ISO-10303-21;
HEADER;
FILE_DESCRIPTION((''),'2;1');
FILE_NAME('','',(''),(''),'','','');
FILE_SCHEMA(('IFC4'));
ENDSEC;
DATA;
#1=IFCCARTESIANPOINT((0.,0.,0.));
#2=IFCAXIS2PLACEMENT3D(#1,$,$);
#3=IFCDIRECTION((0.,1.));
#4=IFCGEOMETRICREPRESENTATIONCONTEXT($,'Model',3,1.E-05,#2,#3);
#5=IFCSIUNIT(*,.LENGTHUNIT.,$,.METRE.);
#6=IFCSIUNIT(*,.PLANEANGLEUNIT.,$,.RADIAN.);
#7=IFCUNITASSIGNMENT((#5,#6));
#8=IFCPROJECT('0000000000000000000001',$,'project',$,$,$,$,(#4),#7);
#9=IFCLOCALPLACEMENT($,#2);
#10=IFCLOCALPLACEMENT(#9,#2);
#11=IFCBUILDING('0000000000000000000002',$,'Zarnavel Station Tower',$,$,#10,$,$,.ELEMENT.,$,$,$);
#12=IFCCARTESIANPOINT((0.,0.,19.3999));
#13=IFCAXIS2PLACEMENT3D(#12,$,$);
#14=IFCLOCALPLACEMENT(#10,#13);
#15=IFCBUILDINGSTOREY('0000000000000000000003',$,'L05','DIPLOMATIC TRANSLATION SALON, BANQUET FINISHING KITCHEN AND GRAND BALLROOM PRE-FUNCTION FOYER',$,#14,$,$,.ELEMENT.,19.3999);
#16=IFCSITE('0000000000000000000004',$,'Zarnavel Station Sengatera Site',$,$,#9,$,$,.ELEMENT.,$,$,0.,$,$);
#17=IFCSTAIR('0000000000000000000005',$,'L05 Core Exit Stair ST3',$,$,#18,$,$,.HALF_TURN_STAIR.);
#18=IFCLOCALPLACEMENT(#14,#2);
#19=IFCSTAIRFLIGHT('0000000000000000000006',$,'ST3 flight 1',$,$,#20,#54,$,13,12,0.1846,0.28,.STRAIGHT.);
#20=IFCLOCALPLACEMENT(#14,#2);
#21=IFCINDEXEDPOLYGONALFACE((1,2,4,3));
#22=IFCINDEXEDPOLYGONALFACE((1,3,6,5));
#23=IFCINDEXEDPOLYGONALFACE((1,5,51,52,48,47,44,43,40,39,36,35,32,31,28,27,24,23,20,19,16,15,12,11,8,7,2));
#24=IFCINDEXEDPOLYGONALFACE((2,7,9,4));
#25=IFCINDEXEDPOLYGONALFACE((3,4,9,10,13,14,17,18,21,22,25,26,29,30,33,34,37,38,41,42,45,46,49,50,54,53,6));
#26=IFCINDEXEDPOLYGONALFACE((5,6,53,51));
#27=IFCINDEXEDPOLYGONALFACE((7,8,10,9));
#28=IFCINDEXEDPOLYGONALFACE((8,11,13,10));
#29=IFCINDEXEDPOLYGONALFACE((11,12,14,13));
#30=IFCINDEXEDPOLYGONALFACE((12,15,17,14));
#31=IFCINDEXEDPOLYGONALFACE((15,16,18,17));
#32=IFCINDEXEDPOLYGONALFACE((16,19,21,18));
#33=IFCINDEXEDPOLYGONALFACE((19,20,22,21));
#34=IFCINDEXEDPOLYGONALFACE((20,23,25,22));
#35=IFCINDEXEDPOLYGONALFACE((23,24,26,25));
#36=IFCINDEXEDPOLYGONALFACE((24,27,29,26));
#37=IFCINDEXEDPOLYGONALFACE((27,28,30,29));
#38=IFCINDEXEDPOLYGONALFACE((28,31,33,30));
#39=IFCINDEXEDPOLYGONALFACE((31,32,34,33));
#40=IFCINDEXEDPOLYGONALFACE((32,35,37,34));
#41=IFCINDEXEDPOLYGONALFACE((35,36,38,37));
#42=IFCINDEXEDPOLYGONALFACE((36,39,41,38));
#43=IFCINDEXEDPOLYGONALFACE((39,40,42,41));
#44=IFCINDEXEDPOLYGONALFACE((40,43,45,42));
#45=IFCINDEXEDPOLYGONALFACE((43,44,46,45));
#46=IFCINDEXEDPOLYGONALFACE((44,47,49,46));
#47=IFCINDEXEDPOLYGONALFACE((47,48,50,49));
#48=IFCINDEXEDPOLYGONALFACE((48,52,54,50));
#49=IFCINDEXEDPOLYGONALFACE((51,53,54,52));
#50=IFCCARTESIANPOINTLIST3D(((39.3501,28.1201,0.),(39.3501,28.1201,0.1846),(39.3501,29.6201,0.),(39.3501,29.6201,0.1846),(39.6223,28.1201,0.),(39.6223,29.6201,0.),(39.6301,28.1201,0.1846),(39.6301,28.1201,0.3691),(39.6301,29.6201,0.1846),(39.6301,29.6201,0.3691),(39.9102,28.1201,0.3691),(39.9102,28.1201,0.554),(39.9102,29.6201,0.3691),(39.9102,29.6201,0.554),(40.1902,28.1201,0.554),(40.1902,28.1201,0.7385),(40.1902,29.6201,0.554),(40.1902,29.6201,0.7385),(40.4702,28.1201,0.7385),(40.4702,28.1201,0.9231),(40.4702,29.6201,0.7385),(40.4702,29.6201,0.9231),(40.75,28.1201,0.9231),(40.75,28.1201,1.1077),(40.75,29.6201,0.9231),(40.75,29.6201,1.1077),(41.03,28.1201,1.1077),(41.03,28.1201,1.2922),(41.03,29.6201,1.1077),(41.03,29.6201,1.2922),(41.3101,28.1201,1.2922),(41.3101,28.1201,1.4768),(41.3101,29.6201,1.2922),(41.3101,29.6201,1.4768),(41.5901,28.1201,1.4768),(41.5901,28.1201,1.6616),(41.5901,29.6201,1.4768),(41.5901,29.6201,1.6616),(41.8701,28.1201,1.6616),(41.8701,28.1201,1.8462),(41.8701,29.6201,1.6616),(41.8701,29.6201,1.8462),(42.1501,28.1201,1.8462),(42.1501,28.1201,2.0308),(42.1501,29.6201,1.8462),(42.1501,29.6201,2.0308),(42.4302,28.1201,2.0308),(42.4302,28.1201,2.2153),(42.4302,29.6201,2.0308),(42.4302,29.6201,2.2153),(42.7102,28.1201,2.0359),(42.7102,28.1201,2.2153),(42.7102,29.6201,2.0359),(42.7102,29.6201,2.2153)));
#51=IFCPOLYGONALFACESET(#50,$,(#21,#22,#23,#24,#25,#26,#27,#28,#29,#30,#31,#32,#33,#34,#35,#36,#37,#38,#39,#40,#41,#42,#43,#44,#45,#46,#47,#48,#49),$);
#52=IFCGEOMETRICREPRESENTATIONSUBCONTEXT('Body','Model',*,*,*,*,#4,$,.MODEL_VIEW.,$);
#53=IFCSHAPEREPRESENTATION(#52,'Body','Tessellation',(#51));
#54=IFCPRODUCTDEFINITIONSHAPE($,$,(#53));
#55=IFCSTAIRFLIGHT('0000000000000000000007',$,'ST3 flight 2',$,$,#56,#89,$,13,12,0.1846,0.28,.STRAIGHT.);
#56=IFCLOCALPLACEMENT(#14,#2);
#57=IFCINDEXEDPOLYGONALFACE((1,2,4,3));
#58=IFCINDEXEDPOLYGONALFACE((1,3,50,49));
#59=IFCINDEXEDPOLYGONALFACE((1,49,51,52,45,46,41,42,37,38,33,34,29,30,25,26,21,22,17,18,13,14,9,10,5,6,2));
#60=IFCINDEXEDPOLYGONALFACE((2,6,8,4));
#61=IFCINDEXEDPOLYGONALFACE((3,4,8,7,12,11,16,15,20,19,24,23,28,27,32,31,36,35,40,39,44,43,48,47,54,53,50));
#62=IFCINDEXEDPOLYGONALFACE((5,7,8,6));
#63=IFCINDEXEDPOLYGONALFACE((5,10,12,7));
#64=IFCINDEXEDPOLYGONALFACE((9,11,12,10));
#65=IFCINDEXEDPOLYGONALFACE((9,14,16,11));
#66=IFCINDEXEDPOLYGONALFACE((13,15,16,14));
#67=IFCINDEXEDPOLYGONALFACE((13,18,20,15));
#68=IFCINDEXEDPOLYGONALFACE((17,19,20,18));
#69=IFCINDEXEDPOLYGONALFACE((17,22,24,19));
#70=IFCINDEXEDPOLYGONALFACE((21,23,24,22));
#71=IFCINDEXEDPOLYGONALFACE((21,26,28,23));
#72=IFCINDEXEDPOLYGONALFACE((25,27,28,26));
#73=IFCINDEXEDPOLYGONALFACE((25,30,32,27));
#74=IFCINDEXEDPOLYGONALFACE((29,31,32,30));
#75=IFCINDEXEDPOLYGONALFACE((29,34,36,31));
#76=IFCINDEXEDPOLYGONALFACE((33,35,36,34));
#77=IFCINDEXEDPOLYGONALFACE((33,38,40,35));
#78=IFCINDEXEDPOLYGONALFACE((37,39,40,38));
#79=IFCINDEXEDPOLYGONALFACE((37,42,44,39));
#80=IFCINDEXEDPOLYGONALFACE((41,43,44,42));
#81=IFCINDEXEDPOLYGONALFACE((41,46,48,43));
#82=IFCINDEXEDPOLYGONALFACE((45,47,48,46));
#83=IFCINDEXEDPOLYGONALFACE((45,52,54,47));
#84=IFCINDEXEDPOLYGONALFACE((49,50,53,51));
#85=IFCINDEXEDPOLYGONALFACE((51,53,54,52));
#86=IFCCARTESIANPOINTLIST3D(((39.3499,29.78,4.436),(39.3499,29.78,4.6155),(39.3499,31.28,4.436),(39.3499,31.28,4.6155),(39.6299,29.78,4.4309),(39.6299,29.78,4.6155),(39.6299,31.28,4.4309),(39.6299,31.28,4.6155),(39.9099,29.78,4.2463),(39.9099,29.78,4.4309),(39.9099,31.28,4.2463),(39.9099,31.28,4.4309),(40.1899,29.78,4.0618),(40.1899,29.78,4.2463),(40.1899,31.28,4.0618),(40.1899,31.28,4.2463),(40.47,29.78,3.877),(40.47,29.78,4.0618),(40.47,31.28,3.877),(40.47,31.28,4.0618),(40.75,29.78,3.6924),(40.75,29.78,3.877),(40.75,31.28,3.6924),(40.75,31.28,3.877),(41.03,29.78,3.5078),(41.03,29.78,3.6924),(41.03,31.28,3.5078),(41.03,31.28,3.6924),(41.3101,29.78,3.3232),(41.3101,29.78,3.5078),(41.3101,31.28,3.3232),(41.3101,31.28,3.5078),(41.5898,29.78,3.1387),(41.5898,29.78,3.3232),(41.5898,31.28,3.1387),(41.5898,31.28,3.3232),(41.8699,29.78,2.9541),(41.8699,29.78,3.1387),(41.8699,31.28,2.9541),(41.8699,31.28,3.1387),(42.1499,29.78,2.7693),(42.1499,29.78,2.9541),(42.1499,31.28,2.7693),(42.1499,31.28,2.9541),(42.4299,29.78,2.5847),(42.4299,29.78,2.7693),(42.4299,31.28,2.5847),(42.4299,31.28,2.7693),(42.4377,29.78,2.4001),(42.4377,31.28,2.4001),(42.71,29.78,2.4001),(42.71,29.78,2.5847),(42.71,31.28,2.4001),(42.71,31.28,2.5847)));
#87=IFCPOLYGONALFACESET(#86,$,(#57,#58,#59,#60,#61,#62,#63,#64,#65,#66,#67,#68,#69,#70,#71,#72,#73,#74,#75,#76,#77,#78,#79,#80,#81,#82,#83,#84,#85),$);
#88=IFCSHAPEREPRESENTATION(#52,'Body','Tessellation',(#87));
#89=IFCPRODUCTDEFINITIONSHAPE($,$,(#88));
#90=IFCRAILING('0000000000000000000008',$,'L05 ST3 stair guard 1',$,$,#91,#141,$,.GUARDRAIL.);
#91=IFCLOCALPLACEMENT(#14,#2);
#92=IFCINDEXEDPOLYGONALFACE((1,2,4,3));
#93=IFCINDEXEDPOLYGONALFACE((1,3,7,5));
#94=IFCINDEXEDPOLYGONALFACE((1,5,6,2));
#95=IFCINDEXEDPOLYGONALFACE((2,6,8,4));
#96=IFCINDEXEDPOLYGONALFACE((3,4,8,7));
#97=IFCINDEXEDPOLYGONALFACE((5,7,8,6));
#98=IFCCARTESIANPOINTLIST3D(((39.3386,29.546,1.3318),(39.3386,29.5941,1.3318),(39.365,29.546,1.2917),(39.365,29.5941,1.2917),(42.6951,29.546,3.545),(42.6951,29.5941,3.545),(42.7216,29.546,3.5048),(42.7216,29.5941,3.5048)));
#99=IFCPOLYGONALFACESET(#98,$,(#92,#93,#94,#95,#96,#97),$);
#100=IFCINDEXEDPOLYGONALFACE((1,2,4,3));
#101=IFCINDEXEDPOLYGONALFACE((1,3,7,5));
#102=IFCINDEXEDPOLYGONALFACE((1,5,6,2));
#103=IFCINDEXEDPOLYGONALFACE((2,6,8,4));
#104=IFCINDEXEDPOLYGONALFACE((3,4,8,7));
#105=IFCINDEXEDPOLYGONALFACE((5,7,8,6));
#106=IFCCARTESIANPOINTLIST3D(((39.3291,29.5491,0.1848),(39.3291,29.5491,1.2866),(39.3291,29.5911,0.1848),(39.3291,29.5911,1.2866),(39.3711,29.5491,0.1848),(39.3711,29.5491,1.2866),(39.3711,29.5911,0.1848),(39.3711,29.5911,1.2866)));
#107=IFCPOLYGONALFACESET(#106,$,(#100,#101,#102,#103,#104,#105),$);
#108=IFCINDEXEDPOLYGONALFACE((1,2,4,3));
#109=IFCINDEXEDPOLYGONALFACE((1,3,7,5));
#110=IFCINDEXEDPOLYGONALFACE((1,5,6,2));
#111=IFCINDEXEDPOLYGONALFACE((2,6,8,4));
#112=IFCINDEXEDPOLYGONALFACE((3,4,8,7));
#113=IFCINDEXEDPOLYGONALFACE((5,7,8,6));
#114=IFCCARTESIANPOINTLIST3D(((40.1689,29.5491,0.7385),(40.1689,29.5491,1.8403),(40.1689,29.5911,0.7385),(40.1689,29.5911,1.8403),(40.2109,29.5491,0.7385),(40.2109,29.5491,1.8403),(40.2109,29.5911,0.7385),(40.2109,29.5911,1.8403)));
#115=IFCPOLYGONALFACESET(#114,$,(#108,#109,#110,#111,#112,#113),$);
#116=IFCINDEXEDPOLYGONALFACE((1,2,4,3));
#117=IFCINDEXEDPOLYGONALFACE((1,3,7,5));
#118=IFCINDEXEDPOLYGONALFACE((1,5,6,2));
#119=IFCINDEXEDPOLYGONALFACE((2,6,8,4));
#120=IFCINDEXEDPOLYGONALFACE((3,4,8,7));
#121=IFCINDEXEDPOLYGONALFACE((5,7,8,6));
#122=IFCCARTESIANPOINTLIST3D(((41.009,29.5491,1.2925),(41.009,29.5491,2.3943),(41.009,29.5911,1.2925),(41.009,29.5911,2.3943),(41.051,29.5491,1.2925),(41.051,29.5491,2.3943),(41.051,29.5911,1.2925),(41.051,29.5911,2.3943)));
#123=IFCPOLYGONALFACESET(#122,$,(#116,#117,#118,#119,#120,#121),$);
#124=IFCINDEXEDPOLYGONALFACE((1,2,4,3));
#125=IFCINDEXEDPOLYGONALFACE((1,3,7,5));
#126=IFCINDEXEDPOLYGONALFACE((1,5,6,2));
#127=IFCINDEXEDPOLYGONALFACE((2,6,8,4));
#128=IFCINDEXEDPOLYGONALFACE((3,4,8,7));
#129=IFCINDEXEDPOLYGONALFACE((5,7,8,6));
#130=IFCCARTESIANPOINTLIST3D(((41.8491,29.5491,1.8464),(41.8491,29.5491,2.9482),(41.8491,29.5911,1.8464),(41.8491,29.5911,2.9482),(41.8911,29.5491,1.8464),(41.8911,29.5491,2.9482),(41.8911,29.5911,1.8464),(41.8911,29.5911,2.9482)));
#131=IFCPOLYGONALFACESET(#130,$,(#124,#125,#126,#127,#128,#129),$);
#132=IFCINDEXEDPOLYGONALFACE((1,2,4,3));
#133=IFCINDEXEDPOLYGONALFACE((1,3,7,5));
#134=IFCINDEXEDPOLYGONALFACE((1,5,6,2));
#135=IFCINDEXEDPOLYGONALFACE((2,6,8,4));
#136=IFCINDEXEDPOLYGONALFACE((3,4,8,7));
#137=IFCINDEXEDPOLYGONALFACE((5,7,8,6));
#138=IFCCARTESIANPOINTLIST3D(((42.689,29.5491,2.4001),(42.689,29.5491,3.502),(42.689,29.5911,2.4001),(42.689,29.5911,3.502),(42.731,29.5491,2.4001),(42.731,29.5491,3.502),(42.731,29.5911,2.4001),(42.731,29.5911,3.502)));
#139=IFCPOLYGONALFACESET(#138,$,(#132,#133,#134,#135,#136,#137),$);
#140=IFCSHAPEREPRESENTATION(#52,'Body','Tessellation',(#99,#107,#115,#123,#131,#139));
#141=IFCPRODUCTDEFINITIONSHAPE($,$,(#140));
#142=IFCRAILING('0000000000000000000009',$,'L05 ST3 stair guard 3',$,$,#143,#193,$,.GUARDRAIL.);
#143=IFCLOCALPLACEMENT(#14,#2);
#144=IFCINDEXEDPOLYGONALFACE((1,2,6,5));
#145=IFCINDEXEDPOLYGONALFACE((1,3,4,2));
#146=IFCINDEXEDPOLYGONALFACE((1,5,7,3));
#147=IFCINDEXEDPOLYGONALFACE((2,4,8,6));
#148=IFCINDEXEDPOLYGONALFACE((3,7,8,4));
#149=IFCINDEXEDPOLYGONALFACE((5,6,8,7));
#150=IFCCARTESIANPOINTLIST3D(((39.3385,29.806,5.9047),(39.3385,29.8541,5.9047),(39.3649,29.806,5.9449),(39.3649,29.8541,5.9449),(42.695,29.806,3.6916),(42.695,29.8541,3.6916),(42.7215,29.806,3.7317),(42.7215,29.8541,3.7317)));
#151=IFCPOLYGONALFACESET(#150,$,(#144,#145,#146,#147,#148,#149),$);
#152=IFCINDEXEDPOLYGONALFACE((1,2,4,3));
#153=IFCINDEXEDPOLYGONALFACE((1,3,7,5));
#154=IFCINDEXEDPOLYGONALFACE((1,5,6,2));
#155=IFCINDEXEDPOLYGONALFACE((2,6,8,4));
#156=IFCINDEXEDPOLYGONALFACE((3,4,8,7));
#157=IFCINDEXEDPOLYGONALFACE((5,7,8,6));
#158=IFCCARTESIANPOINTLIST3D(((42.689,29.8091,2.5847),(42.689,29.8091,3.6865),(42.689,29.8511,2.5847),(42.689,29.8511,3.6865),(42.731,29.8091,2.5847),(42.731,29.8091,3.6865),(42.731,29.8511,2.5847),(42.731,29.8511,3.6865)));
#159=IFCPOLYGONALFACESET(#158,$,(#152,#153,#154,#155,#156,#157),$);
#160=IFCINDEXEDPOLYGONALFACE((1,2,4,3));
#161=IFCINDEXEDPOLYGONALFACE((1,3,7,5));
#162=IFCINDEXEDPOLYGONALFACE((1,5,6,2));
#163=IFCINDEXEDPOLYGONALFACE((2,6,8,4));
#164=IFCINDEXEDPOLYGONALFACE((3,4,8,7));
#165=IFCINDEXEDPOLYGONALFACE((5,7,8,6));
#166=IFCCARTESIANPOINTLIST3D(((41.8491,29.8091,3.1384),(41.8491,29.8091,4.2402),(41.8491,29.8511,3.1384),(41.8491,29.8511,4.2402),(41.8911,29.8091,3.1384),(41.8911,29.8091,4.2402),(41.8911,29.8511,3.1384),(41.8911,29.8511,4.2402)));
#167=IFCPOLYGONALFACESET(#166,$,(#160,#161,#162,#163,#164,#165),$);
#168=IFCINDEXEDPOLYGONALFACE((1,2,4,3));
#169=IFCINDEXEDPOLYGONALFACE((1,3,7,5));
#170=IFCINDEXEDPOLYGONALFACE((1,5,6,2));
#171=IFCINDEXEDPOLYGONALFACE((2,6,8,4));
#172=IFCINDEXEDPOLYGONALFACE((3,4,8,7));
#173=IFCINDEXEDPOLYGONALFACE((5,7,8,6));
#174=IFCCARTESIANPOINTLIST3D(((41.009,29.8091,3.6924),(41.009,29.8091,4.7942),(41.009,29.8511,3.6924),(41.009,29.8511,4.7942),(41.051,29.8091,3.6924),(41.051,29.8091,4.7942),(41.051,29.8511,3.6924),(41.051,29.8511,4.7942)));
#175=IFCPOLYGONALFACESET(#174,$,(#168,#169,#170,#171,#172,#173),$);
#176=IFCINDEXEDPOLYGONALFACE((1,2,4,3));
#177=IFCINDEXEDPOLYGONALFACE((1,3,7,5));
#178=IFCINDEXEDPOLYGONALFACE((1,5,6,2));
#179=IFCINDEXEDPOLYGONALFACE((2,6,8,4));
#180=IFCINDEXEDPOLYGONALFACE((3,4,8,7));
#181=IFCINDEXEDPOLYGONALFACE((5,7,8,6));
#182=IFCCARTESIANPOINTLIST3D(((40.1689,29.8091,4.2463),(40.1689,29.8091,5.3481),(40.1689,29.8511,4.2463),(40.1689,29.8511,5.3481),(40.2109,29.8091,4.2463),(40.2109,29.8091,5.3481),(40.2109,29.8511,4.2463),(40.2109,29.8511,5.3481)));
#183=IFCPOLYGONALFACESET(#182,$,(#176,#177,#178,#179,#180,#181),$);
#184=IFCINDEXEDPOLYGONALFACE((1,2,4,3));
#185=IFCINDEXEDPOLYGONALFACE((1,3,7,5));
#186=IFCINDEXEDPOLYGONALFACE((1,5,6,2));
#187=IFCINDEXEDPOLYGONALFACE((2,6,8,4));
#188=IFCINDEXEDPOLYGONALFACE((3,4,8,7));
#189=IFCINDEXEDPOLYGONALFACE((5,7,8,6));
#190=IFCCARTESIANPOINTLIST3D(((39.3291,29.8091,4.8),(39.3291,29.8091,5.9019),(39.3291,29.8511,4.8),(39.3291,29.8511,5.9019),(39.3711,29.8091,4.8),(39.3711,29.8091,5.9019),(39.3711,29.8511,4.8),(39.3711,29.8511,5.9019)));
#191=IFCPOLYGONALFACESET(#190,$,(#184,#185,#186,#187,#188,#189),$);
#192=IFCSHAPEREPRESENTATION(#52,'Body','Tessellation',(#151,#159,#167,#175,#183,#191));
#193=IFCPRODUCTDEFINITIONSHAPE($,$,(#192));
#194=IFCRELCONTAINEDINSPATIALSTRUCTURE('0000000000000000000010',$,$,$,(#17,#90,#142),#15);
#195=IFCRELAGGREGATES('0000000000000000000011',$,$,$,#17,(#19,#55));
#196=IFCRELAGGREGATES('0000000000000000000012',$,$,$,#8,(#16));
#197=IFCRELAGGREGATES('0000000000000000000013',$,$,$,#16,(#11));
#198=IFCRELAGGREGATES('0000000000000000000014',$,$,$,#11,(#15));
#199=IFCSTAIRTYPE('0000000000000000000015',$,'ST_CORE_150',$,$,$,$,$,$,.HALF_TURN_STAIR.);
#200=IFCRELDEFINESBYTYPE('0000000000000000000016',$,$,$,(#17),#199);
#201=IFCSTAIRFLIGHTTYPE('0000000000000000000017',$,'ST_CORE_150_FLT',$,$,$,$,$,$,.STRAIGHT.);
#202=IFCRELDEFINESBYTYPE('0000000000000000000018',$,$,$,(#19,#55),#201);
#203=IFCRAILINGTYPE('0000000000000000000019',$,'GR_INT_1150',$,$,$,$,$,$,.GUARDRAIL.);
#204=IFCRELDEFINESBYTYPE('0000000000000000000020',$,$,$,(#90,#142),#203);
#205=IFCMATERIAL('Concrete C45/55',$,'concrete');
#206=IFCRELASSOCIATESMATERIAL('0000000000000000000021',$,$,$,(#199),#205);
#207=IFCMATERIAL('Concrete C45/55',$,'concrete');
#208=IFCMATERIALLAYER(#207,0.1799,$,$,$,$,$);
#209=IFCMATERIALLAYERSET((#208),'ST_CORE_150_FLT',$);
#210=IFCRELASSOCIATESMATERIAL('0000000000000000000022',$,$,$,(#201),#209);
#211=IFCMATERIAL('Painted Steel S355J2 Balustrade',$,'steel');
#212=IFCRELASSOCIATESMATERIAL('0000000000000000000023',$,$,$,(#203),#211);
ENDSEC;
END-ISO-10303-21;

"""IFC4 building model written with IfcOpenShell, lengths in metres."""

from ifc_helpers import new_model, si_unit, direction, frame, origin, origin_2d, place, context, subcontext, project, spatial, polyline, rectangle, outline, extrude, material, layer, layer_set, type_object, element, aggregate, save


model = new_model("IFC4")

# Units and contexts
model_context = context("Model", 3, precision=1e-05, world=origin(), true_north=direction((0.0, 1.0)))
body_context = subcontext(model_context, "Body", "Model", "MODEL_VIEW")
ifc_project = project(units=[si_unit("LENGTHUNIT", "METRE"), si_unit("PLANEANGLEUNIT", "RADIAN")], contexts=[model_context])

# Site, building, storey
site_placement = place(None, origin())
site = spatial("IfcSite", under=ifc_project, at=site_placement, Name="Zarnavel Station Sengatera Site", CompositionType="ELEMENT", RefElevation=0.0)
building_placement = place(site_placement, origin())
building = spatial("IfcBuilding", under=site, at=building_placement, Name="Zarnavel Station Tower", CompositionType="ELEMENT")
storey_placement = place(building_placement, frame((0.0, 0.0, 19.3999)))
storey = spatial("IfcBuildingStorey", under=building, at=storey_placement, Name="L05", Description="DIPLOMATIC TRANSLATION SALON, BANQUET FINISHING KITCHEN AND GRAND BALLROOM PRE-FUNCTION FOYER", CompositionType="ELEMENT", Elevation=19.3999)

# Stair, stair flights
ifc_material_1 = material(Name="Concrete C45/55", Category="concrete")
stair_type = type_object("IfcStairType", Name="ST_CORE_150", PredefinedType="HALF_TURN_STAIR", material=ifc_material_1)
stair_placement = place(storey_placement, origin())
stair = element("IfcStair", 1, at=stair_placement, inside=storey, type_object=stair_type, Name="L05 Core Exit Stair ST3", PredefinedType="HALF_TURN_STAIR")
ifc_material_2 = material(Name="Concrete C45/55", Category="concrete")
ifc_layer_1 = layer(ifc_material_2, 0.1799)
ifc_layer_set_1 = layer_set([ifc_layer_1], Name="ST_CORE_150_FLT")
stair_flight_type = type_object("IfcStairFlightType", Name="ST_CORE_150_FLT", PredefinedType="STRAIGHT", material=ifc_layer_set_1)
stair_flight_1_placement = place(storey_placement, frame((39.3501, 28.8701, 0.0), z_axis=(0.0, 0.0, 1.0), x_axis=(1.0, 0.0, 0.0)))
stair_flight_1 = element("IfcStairFlight", 2, at=stair_flight_1_placement, type_object=stair_flight_type, Name="ST3 flight 1", NumberOfRisers=13, NumberOfTreads=12, PredefinedType="STRAIGHT", RiserHeight=0.1846, TreadLength=0.28, context=body_context, shape_type="SweptSolid", body=[
    extrude(outline(polyline([(0.0, 0.0), (0.0, 0.1846), (0.28, 0.1846), (0.28, 0.3691), (0.5601, 0.3691), (0.5601, 0.554), (0.8401, 0.554), (0.8401, 0.7385), (1.1201, 0.7385), (1.1201, 0.9231), (1.3999, 0.9231), (1.3999, 1.1077), (1.6799, 1.1077), (1.6799, 1.2922), (1.96, 1.2922), (1.96, 1.4768), (2.24, 1.4768), (2.24, 1.6616), (2.52, 1.6616), (2.52, 1.8462), (2.8, 1.8462), (2.8, 2.0308), (3.0801, 2.0308), (3.0801, 2.2153), (3.3601, 2.2153), (3.3601, 2.3999), (3.3601, 2.0359), (0.2722, 0.0), (0.0, 0.0)])), frame((0.0, 0.75, 0.0), z_axis=(0.0, -1.0, 0.0), x_axis=(1.0, 0.0, 0.0)), (0.0, 0.0, 1.0), 1.5),
])
stair_flight_2_placement = place(storey_placement, frame((42.71, 30.53, 2.4001), z_axis=(0.0, 0.0, 1.0), x_axis=(-1.0, 0.0, 0.0)))
stair_flight_2 = element("IfcStairFlight", 3, at=stair_flight_2_placement, type_object=stair_flight_type, Name="ST3 flight 2", NumberOfRisers=13, NumberOfTreads=12, PredefinedType="STRAIGHT", RiserHeight=0.1846, TreadLength=0.28, context=body_context, shape_type="SweptSolid", body=[
    extrude(outline(polyline([(0.0, 0.0), (0.0, 0.1846), (0.28, 0.1846), (0.28, 0.3691), (0.5601, 0.3691), (0.5601, 0.554), (0.8401, 0.554), (0.8401, 0.7385), (1.1201, 0.7385), (1.1201, 0.9231), (1.3999, 0.9231), (1.3999, 1.1077), (1.6799, 1.1077), (1.6799, 1.2922), (1.96, 1.2922), (1.96, 1.4768), (2.24, 1.4768), (2.24, 1.6616), (2.52, 1.6616), (2.52, 1.8462), (2.8, 1.8462), (2.8, 2.0308), (3.0801, 2.0308), (3.0801, 2.2153), (3.3601, 2.2153), (3.3601, 2.3999), (3.3601, 2.0359), (0.2722, 0.0), (0.0, 0.0)])), frame((0.0, 0.75, 0.0), z_axis=(0.0, -1.0, 0.0), x_axis=(1.0, 0.0, 0.0)), (0.0, 0.0, 1.0), 1.5),
])
aggregate(stair, [stair_flight_1, stair_flight_2])

# Railings
ifc_material_3 = material(Name="Painted Steel S355J2 Balustrade", Category="steel")
railing_type_1 = type_object("IfcRailingType", Name="GR_INT_1150", PredefinedType="GUARDRAIL", material=ifc_material_3)
railing_1_placement = place(storey_placement, frame((39.3501, 29.5701, 0.1848)))
element("IfcRailing", 4, at=railing_1_placement, inside=storey, type_object=railing_type_1, Name="L05 ST3 stair guard 1", PredefinedType="GUARDRAIL", context=body_context, shape_type="SweptSolid", body=[
    extrude(rectangle(XDim=0.0481, YDim=0.0481, at=origin_2d()), frame((0.0017, 0.0, 1.127), z_axis=(0.834858, 0.0, 0.550465), x_axis=(0.0, 1.0, 0.0)), (0.0, 0.0, 1.0), 4.0205),
    extrude(rectangle(XDim=0.042, YDim=0.042, at=origin_2d()), origin(), (0.0, 0.0, 1.0), 1.1018),
    extrude(rectangle(XDim=0.042, YDim=0.042, at=origin_2d()), frame((0.8398, 0.0, 0.5537)), (0.0, 0.0, 1.0), 1.1018),
    extrude(rectangle(XDim=0.042, YDim=0.042, at=origin_2d()), frame((1.6799, 0.0, 1.1077)), (0.0, 0.0, 1.0), 1.1018),
    extrude(rectangle(XDim=0.042, YDim=0.042, at=origin_2d()), frame((2.52, 0.0, 1.6616)), (0.0, 0.0, 1.0), 1.1018),
    extrude(rectangle(XDim=0.042, YDim=0.042, at=origin_2d()), frame((3.3599, 0.0, 2.2153)), (0.0, 0.0, 1.0), 1.1018),
])
railing_2_placement = place(storey_placement, frame((42.71, 29.8301, 2.5847)))
element("IfcRailing", 5, at=railing_2_placement, inside=storey, type_object=railing_type_1, Name="L05 ST3 stair guard 3", PredefinedType="GUARDRAIL", context=body_context, shape_type="SweptSolid", body=[
    extrude(rectangle(XDim=0.0481, YDim=0.0481, at=origin_2d()), frame((-0.0017, 0.0, 1.127), z_axis=(-0.834858, 0.0, 0.550465), x_axis=(0.0, -1.0, 0.0)), (0.0, 0.0, 1.0), 4.0205),
    extrude(rectangle(XDim=0.042, YDim=0.042, at=origin_2d()), origin(), (0.0, 0.0, 1.0), 1.1018),
    extrude(rectangle(XDim=0.042, YDim=0.042, at=origin_2d()), frame((-0.8398, 0.0, 0.5537)), (0.0, 0.0, 1.0), 1.1018),
    extrude(rectangle(XDim=0.042, YDim=0.042, at=origin_2d()), frame((-1.6799, 0.0, 1.1077)), (0.0, 0.0, 1.0), 1.1018),
    extrude(rectangle(XDim=0.042, YDim=0.042, at=origin_2d()), frame((-2.52, 0.0, 1.6616)), (0.0, 0.0, 1.0), 1.1018),
    extrude(rectangle(XDim=0.042, YDim=0.042, at=origin_2d()), frame((-3.3599, 0.0, 2.2153)), (0.0, 0.0, 1.0), 1.1018),
])

save(model, "model.ifc")
